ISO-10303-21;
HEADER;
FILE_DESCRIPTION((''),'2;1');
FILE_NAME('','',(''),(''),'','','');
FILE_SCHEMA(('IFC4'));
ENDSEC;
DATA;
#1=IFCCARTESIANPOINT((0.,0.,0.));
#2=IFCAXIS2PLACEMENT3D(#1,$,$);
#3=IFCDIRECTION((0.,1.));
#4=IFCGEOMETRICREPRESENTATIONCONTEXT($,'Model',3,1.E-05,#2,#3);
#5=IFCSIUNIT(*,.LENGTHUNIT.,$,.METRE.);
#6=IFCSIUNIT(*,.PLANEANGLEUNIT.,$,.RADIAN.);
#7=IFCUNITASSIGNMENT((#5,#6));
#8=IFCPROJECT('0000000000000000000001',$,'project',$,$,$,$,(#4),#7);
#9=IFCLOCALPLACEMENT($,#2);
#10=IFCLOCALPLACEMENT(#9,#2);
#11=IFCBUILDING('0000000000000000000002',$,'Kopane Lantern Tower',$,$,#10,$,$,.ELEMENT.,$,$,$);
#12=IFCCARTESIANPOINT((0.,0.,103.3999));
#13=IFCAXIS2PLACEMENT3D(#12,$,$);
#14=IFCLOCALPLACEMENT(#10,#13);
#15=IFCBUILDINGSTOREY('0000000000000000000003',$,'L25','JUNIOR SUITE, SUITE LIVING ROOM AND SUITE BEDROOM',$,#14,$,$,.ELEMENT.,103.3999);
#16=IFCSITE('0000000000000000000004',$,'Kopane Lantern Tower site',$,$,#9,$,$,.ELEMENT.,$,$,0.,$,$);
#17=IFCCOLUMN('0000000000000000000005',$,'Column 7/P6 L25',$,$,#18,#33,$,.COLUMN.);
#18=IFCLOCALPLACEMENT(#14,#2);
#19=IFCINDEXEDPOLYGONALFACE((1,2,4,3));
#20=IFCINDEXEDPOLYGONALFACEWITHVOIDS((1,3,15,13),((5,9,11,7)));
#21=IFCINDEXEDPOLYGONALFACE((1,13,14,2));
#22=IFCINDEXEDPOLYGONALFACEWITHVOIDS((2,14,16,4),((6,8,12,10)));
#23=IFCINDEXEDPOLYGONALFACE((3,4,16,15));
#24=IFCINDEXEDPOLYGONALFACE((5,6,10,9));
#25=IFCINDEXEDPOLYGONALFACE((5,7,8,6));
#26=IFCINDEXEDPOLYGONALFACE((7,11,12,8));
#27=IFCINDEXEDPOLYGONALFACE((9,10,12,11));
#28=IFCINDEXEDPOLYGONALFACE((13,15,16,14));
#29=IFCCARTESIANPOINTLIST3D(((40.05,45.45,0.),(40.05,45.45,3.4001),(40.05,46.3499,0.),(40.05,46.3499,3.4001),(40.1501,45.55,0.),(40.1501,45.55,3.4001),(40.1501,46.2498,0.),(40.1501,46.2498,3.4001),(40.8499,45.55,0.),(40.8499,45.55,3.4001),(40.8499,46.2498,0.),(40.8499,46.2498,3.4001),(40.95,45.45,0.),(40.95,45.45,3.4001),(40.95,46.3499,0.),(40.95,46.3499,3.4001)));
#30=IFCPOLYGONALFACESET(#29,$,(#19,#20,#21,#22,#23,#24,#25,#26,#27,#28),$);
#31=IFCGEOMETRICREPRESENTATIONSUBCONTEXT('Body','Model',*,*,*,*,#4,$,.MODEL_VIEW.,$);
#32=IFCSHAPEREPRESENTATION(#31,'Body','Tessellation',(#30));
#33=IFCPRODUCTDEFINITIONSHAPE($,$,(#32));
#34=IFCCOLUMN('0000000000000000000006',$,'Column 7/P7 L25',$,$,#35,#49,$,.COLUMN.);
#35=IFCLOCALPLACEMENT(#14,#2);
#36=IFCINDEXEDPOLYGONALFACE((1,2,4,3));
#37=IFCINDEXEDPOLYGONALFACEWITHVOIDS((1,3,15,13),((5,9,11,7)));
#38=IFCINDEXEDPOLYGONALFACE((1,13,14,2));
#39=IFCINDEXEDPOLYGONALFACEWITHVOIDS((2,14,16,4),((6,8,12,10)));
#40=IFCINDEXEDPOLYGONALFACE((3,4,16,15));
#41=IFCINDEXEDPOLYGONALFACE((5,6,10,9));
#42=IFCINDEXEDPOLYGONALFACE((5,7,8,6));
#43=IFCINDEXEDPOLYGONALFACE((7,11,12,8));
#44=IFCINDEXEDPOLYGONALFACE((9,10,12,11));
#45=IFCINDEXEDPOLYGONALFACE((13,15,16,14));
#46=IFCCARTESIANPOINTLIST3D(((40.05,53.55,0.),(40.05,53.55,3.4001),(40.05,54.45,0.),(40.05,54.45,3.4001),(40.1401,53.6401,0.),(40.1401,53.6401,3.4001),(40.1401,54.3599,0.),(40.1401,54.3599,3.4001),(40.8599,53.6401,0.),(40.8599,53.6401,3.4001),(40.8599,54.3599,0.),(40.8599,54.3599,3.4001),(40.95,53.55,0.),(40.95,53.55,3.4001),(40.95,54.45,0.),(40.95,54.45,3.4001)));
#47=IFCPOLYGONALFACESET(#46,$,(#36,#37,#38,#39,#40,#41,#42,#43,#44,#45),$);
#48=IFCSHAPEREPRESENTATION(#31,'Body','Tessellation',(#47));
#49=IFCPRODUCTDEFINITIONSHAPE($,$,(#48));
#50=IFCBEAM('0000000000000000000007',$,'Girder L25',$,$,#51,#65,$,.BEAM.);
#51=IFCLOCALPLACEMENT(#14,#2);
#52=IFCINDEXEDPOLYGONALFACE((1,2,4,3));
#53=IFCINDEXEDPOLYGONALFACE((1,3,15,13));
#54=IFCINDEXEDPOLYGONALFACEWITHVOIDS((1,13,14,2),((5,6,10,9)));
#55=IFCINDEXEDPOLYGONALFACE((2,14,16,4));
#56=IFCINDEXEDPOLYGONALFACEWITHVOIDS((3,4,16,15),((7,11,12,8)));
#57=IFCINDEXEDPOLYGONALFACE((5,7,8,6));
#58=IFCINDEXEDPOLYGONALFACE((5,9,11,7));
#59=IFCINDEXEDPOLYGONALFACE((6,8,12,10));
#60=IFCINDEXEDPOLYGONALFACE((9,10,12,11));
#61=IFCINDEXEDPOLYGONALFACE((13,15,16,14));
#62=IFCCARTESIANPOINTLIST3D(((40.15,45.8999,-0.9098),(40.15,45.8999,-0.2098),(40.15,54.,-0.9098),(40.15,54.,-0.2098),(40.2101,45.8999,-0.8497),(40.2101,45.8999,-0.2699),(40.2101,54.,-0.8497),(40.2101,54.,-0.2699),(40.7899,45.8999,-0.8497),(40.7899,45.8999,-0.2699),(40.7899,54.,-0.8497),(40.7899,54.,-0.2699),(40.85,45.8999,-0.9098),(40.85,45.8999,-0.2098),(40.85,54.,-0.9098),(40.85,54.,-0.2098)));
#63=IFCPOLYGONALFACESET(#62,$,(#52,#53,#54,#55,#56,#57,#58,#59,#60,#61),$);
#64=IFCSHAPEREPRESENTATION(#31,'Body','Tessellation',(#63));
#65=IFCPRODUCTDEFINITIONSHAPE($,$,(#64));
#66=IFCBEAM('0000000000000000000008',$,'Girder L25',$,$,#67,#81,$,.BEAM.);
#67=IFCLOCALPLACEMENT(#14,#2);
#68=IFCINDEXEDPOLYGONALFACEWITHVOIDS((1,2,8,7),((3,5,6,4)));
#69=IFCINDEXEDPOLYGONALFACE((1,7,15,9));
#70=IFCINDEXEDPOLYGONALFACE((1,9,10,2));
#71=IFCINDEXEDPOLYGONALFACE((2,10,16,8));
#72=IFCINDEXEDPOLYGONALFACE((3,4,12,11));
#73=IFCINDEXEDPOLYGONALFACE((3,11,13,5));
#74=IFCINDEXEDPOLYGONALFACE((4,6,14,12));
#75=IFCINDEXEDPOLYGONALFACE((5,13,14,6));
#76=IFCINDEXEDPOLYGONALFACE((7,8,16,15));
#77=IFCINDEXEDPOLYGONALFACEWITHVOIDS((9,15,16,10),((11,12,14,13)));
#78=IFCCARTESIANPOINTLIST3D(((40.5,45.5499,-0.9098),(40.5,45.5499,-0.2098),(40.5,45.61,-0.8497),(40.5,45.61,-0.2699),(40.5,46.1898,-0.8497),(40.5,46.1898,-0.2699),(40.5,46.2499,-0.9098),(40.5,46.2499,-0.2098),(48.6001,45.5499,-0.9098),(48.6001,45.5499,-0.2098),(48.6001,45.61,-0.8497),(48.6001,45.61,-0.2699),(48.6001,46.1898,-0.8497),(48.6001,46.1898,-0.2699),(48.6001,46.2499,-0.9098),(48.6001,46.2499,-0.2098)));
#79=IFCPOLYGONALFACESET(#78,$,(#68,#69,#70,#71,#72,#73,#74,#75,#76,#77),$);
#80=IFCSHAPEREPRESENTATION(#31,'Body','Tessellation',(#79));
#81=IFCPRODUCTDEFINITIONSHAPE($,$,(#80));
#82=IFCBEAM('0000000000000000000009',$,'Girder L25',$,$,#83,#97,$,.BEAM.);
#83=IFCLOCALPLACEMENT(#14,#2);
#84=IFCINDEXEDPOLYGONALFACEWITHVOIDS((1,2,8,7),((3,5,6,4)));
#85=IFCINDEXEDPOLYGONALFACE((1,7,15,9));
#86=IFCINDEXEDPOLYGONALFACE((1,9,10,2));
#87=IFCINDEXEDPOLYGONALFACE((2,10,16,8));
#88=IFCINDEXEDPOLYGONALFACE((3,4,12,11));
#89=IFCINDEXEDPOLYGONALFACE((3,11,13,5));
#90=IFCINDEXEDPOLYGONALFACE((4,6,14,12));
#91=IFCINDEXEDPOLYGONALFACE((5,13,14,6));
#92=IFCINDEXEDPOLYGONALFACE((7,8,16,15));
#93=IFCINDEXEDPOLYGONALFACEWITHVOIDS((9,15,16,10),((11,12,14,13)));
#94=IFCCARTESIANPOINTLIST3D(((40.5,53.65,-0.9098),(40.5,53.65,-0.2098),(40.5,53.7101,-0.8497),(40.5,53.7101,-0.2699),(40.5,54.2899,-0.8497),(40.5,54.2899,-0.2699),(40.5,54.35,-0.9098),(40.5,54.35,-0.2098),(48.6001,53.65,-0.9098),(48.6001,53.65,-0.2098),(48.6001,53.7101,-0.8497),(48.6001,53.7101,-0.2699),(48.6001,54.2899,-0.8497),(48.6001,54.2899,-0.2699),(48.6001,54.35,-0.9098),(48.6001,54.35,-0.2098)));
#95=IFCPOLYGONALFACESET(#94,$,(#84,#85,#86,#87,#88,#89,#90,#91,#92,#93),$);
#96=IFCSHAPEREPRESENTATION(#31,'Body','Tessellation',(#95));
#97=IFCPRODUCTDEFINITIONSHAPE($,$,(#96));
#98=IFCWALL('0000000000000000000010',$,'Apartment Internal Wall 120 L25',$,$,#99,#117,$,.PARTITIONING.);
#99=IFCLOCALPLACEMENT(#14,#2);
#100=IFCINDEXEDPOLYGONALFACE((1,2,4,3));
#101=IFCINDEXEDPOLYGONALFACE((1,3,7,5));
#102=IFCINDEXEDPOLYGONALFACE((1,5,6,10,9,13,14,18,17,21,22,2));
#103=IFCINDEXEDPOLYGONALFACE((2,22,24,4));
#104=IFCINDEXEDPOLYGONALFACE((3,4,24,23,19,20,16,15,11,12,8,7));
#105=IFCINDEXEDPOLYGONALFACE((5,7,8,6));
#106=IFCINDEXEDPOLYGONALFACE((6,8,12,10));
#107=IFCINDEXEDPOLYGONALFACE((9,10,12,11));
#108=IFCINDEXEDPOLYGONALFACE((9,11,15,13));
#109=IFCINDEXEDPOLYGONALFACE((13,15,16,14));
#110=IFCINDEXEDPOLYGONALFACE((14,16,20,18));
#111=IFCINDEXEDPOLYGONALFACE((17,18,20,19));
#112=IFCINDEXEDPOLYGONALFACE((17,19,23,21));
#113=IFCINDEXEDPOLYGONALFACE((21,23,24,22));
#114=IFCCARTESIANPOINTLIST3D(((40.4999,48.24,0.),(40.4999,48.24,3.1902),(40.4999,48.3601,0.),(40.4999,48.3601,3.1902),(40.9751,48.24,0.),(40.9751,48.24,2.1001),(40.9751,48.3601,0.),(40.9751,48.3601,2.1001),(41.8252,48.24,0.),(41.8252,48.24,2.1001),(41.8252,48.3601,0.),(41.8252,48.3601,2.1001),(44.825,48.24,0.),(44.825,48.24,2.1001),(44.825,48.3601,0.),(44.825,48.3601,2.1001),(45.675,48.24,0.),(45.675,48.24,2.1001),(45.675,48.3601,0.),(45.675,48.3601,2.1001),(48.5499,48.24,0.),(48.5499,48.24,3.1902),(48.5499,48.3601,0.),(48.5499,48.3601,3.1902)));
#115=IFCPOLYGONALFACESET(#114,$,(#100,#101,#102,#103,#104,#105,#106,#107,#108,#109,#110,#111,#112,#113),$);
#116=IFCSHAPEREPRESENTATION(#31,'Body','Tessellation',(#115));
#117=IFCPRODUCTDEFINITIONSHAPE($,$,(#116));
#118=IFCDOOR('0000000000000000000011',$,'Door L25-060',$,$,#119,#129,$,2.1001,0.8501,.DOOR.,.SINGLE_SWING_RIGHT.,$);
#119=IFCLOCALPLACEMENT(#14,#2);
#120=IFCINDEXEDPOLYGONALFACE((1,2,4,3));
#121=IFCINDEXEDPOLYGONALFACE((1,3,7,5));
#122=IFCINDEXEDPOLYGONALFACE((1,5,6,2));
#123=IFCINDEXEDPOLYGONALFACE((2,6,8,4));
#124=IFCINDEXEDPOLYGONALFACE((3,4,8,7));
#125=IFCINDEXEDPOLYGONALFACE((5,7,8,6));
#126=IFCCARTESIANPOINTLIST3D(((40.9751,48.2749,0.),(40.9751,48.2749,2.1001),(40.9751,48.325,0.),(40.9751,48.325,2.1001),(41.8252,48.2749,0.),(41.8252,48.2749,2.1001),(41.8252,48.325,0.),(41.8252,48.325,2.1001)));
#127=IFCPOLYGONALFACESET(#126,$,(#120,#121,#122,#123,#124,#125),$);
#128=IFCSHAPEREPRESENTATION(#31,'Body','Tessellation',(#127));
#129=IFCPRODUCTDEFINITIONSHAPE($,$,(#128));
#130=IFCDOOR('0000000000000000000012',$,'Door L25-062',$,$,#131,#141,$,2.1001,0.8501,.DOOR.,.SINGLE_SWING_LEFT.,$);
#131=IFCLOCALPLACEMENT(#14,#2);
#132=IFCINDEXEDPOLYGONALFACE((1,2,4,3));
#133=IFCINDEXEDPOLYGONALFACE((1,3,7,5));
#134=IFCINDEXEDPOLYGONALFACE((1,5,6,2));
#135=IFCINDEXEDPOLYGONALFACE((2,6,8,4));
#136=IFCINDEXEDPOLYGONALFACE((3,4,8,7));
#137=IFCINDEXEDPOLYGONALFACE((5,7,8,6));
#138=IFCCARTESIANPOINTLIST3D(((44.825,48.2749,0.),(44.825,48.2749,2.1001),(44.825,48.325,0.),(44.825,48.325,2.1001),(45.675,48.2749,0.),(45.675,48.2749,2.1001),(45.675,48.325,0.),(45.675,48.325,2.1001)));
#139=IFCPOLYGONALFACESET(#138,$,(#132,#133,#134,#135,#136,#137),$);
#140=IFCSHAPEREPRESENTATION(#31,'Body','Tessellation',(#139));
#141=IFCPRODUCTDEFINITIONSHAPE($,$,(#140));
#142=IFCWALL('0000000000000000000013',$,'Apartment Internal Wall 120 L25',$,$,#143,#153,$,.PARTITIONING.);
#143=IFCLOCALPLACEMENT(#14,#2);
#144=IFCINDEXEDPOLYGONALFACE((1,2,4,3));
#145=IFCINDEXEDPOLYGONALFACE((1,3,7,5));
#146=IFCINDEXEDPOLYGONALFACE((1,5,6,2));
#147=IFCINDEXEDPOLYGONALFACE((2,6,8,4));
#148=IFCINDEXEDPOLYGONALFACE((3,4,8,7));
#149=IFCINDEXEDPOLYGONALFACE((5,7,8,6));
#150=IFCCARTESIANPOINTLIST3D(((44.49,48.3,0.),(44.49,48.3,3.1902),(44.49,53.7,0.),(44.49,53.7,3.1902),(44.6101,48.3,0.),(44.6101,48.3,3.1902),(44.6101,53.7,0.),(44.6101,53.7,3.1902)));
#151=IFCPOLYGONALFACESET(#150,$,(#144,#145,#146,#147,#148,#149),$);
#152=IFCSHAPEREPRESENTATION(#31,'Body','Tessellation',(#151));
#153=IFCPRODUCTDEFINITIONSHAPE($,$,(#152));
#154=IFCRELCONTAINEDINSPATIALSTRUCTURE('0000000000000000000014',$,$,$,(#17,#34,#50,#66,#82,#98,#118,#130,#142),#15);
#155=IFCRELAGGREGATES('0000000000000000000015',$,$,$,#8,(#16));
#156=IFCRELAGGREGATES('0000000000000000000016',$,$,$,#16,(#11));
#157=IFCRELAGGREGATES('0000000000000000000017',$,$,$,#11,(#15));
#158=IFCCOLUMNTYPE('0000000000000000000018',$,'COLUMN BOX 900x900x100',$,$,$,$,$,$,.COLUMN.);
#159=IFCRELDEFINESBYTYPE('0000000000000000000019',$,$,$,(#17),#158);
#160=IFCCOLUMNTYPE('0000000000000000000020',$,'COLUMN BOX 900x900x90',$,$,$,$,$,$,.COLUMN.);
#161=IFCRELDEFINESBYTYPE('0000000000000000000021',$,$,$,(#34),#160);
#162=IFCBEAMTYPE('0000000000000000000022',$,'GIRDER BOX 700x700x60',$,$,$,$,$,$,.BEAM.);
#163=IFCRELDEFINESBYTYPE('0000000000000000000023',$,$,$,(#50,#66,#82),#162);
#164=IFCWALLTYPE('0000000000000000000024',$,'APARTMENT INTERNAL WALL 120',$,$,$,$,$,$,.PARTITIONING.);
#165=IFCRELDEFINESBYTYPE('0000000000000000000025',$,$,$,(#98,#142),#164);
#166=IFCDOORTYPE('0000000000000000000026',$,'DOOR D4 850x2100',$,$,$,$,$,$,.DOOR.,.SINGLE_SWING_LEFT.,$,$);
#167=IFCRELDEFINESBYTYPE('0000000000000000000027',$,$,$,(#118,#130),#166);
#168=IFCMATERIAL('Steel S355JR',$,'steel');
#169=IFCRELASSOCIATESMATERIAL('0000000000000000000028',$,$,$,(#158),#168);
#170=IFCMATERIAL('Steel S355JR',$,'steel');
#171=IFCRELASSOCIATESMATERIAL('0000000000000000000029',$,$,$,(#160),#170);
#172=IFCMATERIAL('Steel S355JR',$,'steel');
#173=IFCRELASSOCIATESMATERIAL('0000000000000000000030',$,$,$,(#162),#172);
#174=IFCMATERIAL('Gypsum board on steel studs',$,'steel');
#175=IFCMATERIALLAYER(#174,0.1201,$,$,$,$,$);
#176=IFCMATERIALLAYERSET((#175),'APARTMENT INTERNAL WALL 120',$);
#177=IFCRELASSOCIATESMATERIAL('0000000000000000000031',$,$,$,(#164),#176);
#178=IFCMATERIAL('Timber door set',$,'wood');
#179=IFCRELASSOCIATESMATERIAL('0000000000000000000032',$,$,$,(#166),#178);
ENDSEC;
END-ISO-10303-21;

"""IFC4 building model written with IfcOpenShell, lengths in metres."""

from ifc_helpers import new_model, si_unit, direction, frame, frame_2d, origin, origin_2d, place, context, subcontext, project, spatial, rectangle, hollow_rectangle, extrude, material, layer, layer_set, material_profile, profile_set, type_object, element, fill, save


model = new_model("IFC4")

# Units and contexts
model_context = context("Model", 3, precision=1e-05, world=origin(), true_north=direction((0.0, 1.0)))
body_context = subcontext(model_context, "Body", "Model", "MODEL_VIEW")
ifc_project = project(units=[si_unit("LENGTHUNIT", "METRE"), si_unit("PLANEANGLEUNIT", "RADIAN")], contexts=[model_context])

# Site, building, storey
site_placement = place(None, origin())
site = spatial("IfcSite", under=ifc_project, at=site_placement, Name="Kopane Lantern Tower site", CompositionType="ELEMENT", RefElevation=0.0)
building_placement = place(site_placement, origin())
building = spatial("IfcBuilding", under=site, at=building_placement, Name="Kopane Lantern Tower", CompositionType="ELEMENT")
storey_placement = place(building_placement, frame((0.0, 0.0, 103.3999)))
storey = spatial("IfcBuildingStorey", under=building, at=storey_placement, Name="L25", Description="JUNIOR SUITE, SUITE LIVING ROOM AND SUITE BEDROOM", CompositionType="ELEMENT", Elevation=103.3999)

# Columns
ifc_material_1 = material(Name="Steel S355JR", Category="steel")
ifc_material_profile_1 = material_profile(ifc_material_1, hollow_rectangle(XDim=0.8999, YDim=0.8999, WallThickness=0.1001, at=origin_2d()), Name="BOX 900x900x100")
ifc_profile_set_1 = profile_set([ifc_material_profile_1], Name="Steel S355JR")
column_type_1 = type_object("IfcColumnType", Name="COLUMN BOX 900x900x100", PredefinedType="COLUMN", material=ifc_profile_set_1)
column_1_placement = place(storey_placement, frame((40.5, 45.8999, 0.0), z_axis=(0.0, 0.0, 1.0), x_axis=(1.0, 0.0, 0.0)))
element("IfcColumn", 1, at=column_1_placement, inside=storey, type_object=column_type_1, Name="Column 7/P6 L25", PredefinedType="COLUMN", context=body_context, shape_type="SweptSolid", body=[
    extrude(hollow_rectangle(XDim=0.8999, YDim=0.8999, WallThickness=0.1001, at=origin_2d()), origin(), (0.0, 0.0, 1.0), 3.4001),
])
ifc_material_2 = material(Name="Steel S355JR", Category="steel")
ifc_material_profile_2 = material_profile(ifc_material_2, hollow_rectangle(XDim=0.8999, YDim=0.8999, WallThickness=0.0901, at=origin_2d()), Name="BOX 900x900x90")
ifc_profile_set_2 = profile_set([ifc_material_profile_2], Name="Steel S355JR")
column_type_2 = type_object("IfcColumnType", Name="COLUMN BOX 900x900x90", PredefinedType="COLUMN", material=ifc_profile_set_2)
column_2_placement = place(storey_placement, frame((40.5, 54.0, 0.0), z_axis=(0.0, 0.0, 1.0), x_axis=(1.0, 0.0, 0.0)))
element("IfcColumn", 2, at=column_2_placement, inside=storey, type_object=column_type_2, Name="Column 7/P7 L25", PredefinedType="COLUMN", context=body_context, shape_type="SweptSolid", body=[
    extrude(hollow_rectangle(XDim=0.8999, YDim=0.8999, WallThickness=0.0901, at=origin_2d()), origin(), (0.0, 0.0, 1.0), 3.4001),
])

# Beams
ifc_material_3 = material(Name="Steel S355JR", Category="steel")
ifc_material_profile_3 = material_profile(ifc_material_3, hollow_rectangle(XDim=0.7, YDim=0.7, WallThickness=0.0601, at=origin_2d()), Name="BOX 700x700x60")
ifc_profile_set_3 = profile_set([ifc_material_profile_3], Name="Steel S355JR")
beam_type = type_object("IfcBeamType", Name="GIRDER BOX 700x700x60", PredefinedType="BEAM", material=ifc_profile_set_3)
for number, where, z_axis, x_axis, name in (
    (3, (40.5, 45.8999, -0.5598), (0.0, 1.0, 0.0), (-1.0, 0.0, 0.0), "Girder L25"),
    (4, (40.5, 45.8999, -0.5598), (1.0, 0.0, 0.0), (0.0, 1.0, 0.0), "Girder L25"),
    (5, (40.5, 54.0, -0.5598), (1.0, 0.0, 0.0), (0.0, 1.0, 0.0), "Girder L25"),
):
    element("IfcBeam", number, at=place(storey_placement, frame(where, z_axis=z_axis, x_axis=x_axis)), inside=storey, type_object=beam_type, Name=name, PredefinedType="BEAM", context=body_context, shape_type="SweptSolid", body=[
        extrude(hollow_rectangle(XDim=0.7, YDim=0.7, WallThickness=0.0601, at=origin_2d()), origin(), (0.0, 0.0, 1.0), 8.1001),
    ])

# Wall, openings, doors
ifc_material_4 = material(Name="Gypsum board on steel studs", Category="steel")
ifc_layer_1 = layer(ifc_material_4, 0.1201)
ifc_layer_set_1 = layer_set([ifc_layer_1], Name="APARTMENT INTERNAL WALL 120")
wall_type_1 = type_object("IfcWallType", Name="APARTMENT INTERNAL WALL 120", PredefinedType="PARTITIONING", material=ifc_layer_set_1)
wall_1_placement = place(storey_placement, frame((40.5, 48.3, 0.0), z_axis=(0.0, 0.0, 1.0), x_axis=(1.0, 0.0, 0.0)))
wall_1 = element("IfcWall", 6, at=wall_1_placement, inside=storey, type_object=wall_type_1, Name="Apartment Internal Wall 120 L25", PredefinedType="PARTITIONING", context=body_context, shape_type="SweptSolid", body=[
    extrude(rectangle(XDim=8.05, YDim=0.1201, at=frame_2d((4.0249, 0.0))), origin(), (0.0, 0.0, 1.0), 3.1902),
])
opening_1_placement = place(wall_1_placement, frame((0.4751, 0.0, 0.0)))
opening_1 = element("IfcOpeningElement", 7, at=opening_1_placement, cuts=wall_1, PredefinedType="OPENING", context=body_context, shape_type="SweptSolid", body=[
    extrude(rectangle(XDim=0.8501, YDim=2.1001, at=frame_2d((0.425, 1.05))), frame((0.0, 0.0701, 0.0), z_axis=(0.0, -1.0, 0.0), x_axis=(1.0, 0.0, 0.0)), (0.0, 0.0, 1.0), 0.1401),
])
opening_2_placement = place(wall_1_placement, frame((4.325, 0.0, 0.0)))
opening_2 = element("IfcOpeningElement", 8, at=opening_2_placement, cuts=wall_1, PredefinedType="OPENING", context=body_context, shape_type="SweptSolid", body=[
    extrude(rectangle(XDim=0.8501, YDim=2.1001, at=frame_2d((0.425, 1.05))), frame((0.0, 0.0701, 0.0), z_axis=(0.0, -1.0, 0.0), x_axis=(1.0, 0.0, 0.0)), (0.0, 0.0, 1.0), 0.1401),
])
ifc_material_5 = material(Name="Timber door set", Category="wood")
door_type_1 = type_object("IfcDoorType", Name="DOOR D4 850x2100", OperationType="SINGLE_SWING_LEFT", PredefinedType="DOOR", material=ifc_material_5)
door_1_placement = place(opening_1_placement, origin())
door_1 = element("IfcDoor", 9, at=door_1_placement, inside=storey, type_object=door_type_1, Name="Door L25-060", OperationType="SINGLE_SWING_RIGHT", OverallHeight=2.1001, OverallWidth=0.8501, PredefinedType="DOOR", context=body_context, shape_type="SweptSolid", body=[
    extrude(rectangle(XDim=0.8501, YDim=2.1001, at=frame_2d((0.425, 1.05))), frame((0.0, 0.0249, 0.0), z_axis=(0.0, -1.0, 0.0), x_axis=(1.0, 0.0, 0.0)), (0.0, 0.0, 1.0), 0.05),
])
fill(opening_1, door_1)
door_2_placement = place(opening_2_placement, origin())
door_2 = element("IfcDoor", 10, at=door_2_placement, inside=storey, type_object=door_type_1, Name="Door L25-062", OperationType="SINGLE_SWING_LEFT", OverallHeight=2.1001, OverallWidth=0.8501, PredefinedType="DOOR", context=body_context, shape_type="SweptSolid", body=[
    extrude(rectangle(XDim=0.8501, YDim=2.1001, at=frame_2d((0.425, 1.05))), frame((0.0, 0.0249, 0.0), z_axis=(0.0, -1.0, 0.0), x_axis=(1.0, 0.0, 0.0)), (0.0, 0.0, 1.0), 0.05),
])
fill(opening_2, door_2)

# Wall
wall_2_placement = place(storey_placement, frame((44.55, 48.3, 0.0), z_axis=(0.0, 0.0, 1.0), x_axis=(0.0, 1.0, 0.0)))
element("IfcWall", 11, at=wall_2_placement, inside=storey, type_object=wall_type_1, Name="Apartment Internal Wall 120 L25", PredefinedType="PARTITIONING", context=body_context, shape_type="SweptSolid", body=[
    extrude(rectangle(XDim=5.3999, YDim=0.1201, at=frame_2d((2.7, 0.0))), origin(), (0.0, 0.0, 1.0), 3.1902),
])

save(model, "model.ifc")
